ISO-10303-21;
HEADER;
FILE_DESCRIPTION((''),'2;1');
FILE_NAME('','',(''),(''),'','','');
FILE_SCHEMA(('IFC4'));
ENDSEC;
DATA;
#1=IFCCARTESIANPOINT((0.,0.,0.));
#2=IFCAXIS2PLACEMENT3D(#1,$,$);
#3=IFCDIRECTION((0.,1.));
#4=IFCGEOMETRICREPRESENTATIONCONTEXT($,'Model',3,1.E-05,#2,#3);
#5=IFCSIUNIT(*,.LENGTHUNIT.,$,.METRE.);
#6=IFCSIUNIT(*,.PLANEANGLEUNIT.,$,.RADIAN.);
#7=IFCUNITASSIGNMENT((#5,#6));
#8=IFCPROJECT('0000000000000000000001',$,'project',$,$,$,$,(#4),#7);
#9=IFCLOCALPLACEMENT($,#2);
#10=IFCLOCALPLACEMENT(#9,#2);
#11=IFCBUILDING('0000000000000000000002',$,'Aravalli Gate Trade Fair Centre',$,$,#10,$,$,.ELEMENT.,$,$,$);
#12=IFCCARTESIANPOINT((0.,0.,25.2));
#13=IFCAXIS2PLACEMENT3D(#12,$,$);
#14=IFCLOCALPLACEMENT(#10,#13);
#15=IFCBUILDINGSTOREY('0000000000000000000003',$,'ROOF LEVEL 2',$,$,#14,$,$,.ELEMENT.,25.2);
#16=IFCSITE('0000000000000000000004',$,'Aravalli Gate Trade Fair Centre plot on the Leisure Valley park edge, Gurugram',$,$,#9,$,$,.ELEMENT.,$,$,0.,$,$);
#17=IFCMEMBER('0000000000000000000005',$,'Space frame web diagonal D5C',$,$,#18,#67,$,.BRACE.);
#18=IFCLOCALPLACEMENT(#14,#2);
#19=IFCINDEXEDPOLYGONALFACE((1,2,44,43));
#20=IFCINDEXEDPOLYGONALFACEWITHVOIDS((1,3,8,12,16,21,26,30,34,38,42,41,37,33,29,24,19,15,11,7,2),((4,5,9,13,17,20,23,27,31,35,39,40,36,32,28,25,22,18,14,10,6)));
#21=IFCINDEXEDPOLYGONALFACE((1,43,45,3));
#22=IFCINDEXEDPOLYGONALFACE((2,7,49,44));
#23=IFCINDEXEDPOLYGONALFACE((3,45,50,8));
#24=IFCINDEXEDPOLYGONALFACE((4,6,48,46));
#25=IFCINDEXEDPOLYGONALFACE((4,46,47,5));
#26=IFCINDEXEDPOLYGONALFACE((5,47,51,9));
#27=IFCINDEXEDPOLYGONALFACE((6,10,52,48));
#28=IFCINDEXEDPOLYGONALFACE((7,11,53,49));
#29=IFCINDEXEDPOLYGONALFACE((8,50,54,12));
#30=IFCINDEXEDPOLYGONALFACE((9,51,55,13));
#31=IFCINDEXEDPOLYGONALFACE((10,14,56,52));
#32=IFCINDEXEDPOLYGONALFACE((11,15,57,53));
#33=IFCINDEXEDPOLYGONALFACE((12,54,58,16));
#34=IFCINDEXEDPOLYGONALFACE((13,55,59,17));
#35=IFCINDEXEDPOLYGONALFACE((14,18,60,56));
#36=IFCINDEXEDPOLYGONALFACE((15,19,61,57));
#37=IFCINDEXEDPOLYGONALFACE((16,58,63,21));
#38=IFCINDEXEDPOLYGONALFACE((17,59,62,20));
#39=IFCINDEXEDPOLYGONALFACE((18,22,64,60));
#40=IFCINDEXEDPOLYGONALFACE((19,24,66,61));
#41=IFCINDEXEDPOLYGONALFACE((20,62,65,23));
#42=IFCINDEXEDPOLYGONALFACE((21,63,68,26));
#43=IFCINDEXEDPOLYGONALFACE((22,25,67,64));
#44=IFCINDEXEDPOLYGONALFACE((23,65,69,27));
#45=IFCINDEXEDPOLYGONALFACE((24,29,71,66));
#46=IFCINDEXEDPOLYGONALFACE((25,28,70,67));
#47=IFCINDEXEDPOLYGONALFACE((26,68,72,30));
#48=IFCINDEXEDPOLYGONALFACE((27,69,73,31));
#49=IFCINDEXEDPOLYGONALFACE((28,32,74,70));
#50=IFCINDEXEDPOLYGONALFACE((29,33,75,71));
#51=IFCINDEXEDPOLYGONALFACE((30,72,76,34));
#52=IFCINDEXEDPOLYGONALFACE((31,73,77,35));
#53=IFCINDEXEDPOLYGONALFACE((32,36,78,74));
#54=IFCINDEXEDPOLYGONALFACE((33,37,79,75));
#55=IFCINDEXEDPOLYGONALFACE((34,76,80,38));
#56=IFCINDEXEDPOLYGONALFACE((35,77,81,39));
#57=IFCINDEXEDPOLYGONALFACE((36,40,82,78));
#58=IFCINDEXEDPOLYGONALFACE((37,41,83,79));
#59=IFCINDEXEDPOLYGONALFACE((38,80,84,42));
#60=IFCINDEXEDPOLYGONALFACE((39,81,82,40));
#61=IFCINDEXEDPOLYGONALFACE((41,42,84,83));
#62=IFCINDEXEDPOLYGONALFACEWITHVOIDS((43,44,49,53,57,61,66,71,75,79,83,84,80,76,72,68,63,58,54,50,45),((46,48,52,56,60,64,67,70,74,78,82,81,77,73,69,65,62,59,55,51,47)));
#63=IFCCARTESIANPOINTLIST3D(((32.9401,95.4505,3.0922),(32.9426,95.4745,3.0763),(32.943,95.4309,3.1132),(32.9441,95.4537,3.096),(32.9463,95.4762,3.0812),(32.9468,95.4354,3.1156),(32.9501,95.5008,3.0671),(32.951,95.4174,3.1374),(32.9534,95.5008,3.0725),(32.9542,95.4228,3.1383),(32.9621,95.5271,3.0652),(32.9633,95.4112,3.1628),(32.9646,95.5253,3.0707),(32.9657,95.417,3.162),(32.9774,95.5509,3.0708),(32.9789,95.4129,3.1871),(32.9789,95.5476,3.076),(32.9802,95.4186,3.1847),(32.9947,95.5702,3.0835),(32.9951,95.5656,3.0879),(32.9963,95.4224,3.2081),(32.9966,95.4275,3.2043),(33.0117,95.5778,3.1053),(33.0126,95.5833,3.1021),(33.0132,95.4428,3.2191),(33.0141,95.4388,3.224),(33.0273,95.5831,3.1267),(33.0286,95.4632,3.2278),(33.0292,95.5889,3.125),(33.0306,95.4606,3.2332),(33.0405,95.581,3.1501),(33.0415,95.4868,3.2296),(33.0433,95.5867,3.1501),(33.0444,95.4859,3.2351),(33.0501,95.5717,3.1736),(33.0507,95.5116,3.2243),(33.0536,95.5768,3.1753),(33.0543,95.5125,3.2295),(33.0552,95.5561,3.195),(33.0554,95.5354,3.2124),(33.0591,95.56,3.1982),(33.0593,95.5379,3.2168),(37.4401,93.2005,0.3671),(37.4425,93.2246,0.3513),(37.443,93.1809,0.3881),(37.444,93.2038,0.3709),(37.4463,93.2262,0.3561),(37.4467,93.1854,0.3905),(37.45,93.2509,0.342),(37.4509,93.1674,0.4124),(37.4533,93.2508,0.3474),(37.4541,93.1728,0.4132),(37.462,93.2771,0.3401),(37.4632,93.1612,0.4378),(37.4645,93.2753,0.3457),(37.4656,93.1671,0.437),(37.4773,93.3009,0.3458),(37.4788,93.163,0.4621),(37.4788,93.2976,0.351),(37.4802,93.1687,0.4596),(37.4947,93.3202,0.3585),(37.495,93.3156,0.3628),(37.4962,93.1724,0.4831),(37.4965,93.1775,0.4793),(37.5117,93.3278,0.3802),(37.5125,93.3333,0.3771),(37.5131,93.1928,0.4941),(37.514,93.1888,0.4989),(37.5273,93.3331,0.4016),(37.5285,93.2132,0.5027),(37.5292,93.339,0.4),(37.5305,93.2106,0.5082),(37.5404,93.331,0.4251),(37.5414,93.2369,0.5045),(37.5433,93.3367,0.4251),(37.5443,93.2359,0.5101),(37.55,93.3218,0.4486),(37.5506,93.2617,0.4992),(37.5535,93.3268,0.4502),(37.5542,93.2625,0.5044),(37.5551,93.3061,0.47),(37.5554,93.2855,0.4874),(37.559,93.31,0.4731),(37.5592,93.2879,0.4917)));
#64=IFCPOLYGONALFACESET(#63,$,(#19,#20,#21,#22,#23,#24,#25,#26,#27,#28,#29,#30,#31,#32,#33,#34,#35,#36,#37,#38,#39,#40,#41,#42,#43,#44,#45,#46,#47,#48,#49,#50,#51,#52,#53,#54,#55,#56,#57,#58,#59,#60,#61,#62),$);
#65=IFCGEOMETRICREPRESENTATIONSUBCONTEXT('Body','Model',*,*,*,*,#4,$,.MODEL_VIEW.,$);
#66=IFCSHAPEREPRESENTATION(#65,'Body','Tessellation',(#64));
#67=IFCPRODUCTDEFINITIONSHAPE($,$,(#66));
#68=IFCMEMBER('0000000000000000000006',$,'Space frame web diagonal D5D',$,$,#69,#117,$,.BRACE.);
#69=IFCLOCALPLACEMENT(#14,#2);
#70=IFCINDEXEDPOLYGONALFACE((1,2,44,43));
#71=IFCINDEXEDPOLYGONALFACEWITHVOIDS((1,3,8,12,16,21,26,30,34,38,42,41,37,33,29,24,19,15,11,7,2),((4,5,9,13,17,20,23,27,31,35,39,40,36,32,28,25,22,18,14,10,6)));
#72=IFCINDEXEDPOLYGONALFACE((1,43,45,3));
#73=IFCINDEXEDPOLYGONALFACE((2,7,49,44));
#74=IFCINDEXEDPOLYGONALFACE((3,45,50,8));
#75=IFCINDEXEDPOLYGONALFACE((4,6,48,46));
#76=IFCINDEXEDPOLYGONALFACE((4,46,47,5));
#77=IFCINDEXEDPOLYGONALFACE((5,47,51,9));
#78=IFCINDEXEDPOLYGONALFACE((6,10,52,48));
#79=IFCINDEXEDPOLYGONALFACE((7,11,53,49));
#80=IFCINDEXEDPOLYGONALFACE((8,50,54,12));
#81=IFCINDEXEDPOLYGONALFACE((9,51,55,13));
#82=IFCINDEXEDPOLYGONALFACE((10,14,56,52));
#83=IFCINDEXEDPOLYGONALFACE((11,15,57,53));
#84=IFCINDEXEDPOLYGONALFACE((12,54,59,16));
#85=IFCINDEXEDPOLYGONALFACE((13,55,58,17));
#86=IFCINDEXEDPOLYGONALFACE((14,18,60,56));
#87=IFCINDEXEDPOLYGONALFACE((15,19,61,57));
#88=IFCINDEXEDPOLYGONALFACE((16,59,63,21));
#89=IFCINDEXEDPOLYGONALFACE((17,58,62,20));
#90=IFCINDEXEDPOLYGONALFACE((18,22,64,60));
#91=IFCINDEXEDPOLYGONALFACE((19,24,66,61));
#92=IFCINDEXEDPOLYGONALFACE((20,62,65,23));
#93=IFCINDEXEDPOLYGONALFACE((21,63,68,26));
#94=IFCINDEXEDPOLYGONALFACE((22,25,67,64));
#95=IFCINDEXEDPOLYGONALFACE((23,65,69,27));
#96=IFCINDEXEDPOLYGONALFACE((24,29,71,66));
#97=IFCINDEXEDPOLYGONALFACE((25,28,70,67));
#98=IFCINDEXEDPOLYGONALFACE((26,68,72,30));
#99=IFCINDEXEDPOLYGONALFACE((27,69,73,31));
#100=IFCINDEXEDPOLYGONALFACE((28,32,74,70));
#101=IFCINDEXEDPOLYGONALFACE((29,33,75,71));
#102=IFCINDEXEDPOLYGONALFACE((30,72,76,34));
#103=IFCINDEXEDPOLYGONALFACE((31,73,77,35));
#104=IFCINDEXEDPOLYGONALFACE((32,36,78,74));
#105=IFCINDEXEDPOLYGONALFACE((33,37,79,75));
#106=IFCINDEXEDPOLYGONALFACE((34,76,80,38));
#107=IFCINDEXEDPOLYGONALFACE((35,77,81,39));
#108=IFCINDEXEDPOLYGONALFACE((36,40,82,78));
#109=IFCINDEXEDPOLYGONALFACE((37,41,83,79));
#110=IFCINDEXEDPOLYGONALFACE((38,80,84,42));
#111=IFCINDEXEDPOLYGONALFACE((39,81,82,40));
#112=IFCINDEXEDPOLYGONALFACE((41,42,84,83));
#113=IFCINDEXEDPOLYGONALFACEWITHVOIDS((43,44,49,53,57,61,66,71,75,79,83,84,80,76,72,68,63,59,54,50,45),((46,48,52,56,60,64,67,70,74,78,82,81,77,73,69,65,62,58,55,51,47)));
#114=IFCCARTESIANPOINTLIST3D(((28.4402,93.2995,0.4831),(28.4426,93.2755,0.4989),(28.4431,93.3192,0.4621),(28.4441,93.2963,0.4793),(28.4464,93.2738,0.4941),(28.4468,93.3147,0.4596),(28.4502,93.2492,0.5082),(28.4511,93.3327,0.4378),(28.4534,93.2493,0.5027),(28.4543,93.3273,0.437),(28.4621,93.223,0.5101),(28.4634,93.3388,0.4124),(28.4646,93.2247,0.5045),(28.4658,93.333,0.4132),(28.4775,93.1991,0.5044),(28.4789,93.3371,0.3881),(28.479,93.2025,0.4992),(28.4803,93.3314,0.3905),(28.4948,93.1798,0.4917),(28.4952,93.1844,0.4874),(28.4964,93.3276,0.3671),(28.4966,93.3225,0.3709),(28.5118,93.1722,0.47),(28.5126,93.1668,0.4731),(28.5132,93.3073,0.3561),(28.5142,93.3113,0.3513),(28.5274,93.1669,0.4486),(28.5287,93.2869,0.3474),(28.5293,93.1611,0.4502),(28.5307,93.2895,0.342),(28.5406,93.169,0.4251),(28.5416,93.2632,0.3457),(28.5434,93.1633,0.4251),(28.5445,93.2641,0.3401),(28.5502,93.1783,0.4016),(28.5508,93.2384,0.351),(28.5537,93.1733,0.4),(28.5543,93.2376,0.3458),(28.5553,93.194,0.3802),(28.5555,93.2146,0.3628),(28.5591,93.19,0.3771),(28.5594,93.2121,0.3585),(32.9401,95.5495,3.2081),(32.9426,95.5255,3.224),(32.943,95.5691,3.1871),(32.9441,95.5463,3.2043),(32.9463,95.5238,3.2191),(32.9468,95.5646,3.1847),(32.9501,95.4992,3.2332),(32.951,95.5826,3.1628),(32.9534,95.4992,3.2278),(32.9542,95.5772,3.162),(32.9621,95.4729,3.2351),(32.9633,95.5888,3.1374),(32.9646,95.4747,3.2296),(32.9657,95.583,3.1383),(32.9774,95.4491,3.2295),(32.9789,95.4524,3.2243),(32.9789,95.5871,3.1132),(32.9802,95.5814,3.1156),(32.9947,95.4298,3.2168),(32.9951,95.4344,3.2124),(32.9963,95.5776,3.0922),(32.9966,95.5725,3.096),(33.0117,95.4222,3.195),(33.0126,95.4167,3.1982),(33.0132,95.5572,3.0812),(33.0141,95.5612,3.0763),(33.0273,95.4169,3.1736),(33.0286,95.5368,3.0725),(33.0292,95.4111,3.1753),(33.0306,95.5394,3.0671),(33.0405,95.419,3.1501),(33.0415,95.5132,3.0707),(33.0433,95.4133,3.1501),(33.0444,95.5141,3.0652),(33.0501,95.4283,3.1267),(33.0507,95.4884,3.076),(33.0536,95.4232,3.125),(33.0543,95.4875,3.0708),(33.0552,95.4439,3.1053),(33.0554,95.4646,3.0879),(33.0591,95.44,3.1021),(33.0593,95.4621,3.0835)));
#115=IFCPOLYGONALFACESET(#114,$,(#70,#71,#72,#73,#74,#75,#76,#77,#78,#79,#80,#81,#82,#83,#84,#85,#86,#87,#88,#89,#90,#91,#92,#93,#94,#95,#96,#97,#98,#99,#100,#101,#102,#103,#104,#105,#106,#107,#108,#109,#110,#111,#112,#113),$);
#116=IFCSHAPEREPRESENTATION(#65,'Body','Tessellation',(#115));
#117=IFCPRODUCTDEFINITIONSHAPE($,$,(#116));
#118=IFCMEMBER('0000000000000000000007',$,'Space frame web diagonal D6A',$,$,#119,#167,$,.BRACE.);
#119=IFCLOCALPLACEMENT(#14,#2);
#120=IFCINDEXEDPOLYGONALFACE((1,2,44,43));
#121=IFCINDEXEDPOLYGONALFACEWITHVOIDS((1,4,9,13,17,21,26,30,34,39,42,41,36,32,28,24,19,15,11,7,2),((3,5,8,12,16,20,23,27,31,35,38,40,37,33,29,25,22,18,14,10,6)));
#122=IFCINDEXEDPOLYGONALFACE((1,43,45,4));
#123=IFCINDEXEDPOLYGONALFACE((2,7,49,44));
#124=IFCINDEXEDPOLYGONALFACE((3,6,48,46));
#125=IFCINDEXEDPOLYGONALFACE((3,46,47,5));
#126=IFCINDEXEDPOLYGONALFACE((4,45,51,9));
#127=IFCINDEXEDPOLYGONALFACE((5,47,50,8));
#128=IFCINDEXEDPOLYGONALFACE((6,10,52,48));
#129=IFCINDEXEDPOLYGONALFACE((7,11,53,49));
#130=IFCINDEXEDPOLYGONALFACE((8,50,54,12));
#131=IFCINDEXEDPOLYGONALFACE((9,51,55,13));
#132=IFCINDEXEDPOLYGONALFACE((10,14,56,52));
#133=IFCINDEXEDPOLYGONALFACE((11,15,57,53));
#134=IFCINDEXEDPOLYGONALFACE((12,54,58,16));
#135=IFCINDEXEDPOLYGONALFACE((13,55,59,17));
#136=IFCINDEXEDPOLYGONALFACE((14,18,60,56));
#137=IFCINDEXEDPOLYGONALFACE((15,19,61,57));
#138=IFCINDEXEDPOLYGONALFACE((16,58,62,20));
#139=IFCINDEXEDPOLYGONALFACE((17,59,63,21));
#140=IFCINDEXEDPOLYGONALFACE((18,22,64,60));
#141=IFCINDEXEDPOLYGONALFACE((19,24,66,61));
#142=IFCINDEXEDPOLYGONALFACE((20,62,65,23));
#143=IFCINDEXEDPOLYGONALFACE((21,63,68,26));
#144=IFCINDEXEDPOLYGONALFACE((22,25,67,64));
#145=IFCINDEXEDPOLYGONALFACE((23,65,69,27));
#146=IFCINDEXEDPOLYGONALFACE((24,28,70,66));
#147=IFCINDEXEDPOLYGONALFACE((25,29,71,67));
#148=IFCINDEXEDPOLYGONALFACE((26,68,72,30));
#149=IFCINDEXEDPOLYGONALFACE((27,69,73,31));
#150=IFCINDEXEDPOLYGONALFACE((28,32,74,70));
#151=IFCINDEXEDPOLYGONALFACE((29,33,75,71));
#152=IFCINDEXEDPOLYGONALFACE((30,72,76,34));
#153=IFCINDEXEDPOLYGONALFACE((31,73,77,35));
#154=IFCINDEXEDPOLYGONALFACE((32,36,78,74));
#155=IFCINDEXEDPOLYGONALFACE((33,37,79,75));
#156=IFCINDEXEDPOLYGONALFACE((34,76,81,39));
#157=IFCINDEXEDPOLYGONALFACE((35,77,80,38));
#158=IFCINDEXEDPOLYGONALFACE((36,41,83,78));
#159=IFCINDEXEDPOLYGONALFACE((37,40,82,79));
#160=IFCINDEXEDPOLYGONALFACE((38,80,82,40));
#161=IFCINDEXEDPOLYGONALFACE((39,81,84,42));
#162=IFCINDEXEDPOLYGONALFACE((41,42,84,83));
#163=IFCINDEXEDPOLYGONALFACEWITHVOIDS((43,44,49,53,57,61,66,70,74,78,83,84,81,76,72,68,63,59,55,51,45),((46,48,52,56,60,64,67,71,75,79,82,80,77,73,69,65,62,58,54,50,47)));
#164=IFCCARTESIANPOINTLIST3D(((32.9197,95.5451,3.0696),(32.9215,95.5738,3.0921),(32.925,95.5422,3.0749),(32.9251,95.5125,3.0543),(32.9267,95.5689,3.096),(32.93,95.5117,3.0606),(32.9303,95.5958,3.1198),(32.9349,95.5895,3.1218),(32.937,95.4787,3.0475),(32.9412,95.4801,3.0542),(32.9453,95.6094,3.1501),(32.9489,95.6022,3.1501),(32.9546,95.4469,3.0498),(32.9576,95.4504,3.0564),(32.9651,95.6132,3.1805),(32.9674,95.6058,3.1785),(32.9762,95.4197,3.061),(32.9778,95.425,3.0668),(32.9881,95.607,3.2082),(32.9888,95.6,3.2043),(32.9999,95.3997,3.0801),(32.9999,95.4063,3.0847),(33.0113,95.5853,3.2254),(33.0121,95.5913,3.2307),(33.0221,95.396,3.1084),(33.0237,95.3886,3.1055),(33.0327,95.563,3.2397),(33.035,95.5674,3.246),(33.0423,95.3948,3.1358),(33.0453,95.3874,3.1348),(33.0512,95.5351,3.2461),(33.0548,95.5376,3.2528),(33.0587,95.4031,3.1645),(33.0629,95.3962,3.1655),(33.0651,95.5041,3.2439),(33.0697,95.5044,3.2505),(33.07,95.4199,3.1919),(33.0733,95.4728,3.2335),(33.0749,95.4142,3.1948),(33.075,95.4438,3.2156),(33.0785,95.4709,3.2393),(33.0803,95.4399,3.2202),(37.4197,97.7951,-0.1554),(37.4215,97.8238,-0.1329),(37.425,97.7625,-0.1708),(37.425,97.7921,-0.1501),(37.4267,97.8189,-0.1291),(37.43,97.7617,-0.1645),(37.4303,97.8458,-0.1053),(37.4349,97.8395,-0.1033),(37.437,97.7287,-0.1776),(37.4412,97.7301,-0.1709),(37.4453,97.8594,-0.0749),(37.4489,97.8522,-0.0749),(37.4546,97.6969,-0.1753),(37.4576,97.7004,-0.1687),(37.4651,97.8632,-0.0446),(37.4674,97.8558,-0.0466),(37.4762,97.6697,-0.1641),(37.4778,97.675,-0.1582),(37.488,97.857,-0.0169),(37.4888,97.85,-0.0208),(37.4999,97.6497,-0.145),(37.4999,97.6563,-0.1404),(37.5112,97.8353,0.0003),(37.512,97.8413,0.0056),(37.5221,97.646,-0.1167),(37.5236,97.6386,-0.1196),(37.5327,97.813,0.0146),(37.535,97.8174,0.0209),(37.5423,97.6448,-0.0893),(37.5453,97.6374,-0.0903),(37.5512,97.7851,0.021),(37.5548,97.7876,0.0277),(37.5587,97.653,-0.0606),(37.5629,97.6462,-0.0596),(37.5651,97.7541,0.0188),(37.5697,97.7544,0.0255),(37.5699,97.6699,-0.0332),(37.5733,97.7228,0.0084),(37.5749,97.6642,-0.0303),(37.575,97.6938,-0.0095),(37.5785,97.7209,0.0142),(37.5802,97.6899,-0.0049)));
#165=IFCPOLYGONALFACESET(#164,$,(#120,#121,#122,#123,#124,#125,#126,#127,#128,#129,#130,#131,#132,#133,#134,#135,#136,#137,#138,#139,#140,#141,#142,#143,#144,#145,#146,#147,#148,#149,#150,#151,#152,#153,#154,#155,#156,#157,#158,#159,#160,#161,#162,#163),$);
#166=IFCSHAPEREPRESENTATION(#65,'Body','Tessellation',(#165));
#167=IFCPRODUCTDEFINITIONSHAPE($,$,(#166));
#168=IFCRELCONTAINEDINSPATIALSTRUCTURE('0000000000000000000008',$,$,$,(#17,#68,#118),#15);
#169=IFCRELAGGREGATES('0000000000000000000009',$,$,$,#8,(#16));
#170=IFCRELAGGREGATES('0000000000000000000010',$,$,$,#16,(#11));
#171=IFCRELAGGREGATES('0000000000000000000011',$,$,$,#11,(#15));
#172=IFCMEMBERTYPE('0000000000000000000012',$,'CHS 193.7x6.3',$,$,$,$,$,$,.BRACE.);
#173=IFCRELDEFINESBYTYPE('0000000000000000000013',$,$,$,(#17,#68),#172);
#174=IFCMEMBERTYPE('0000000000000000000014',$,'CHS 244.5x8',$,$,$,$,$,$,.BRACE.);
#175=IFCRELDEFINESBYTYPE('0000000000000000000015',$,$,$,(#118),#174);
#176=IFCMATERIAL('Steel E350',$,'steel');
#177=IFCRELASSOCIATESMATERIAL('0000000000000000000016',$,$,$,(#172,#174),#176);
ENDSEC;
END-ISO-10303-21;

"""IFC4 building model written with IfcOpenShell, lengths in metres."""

from ifc_helpers import new_model, si_unit, direction, frame, origin, origin_2d, place, context, subcontext, project, spatial, hollow_circle, extrude, material, material_profile, profile_set, type_object, element, save


model = new_model("IFC4")

# Units and contexts
model_context = context("Model", 3, precision=1e-05, world=origin(), true_north=direction((0.0, 1.0)))
body_context = subcontext(model_context, "Body", "Model", "MODEL_VIEW")
ifc_project = project(units=[si_unit("LENGTHUNIT", "METRE"), si_unit("PLANEANGLEUNIT", "RADIAN")], contexts=[model_context])

# Site, building, storey
site_placement = place(None, origin())
site = spatial("IfcSite", under=ifc_project, at=site_placement, Name="Aravalli Gate Trade Fair Centre plot on the Leisure Valley park edge, Gurugram", CompositionType="ELEMENT", RefElevation=0.0)
building_placement = place(site_placement, origin())
building = spatial("IfcBuilding", under=site, at=building_placement, Name="Aravalli Gate Trade Fair Centre", CompositionType="ELEMENT")
storey_placement = place(building_placement, frame((0.0, 0.0, 25.2)))
storey = spatial("IfcBuildingStorey", under=building, at=storey_placement, Name="ROOF LEVEL 2", CompositionType="ELEMENT", Elevation=25.2)

# Members
ifc_material_1 = material(Name="Steel E350", Category="steel")
ifc_material_profile_1 = material_profile(ifc_material_1, hollow_circle(Radius=0.0969, WallThickness=0.0063, at=origin_2d()), Name="CHS 193.7x6.3")
ifc_profile_set_1 = profile_set([ifc_material_profile_1], Name="Steel E350")
member_type_1 = type_object("IfcMemberType", Name="CHS 193.7x6.3", PredefinedType="BRACE", material=ifc_profile_set_1)
for number, where, z_axis, x_axis, name in (
    (1, (33.0, 95.5, 3.1501), (0.78647, -0.393235, -0.476268), (0.447214, 0.894427, 0.0), "Space frame web diagonal D5C"),
    (2, (33.0, 95.5, 3.1501), (-0.78647, -0.393235, -0.476268), (0.447214, -0.894427, 0.0), "Space frame web diagonal D5D"),
):
    element("IfcMember", number, at=place(storey_placement, frame(where, z_axis=z_axis, x_axis=x_axis)), inside=storey, type_object=member_type_1, Name=name, PredefinedType="BRACE", context=body_context, shape_type="SweptSolid", body=[
        extrude(hollow_circle(Radius=0.0969, WallThickness=0.0063, at=origin_2d()), origin(), (0.0, 0.0, 1.0), 5.7217),
    ])
ifc_material_profile_2 = material_profile(ifc_material_1, hollow_circle(Radius=0.1223, WallThickness=0.0081, at=origin_2d()), Name="CHS 244.5x8")
ifc_profile_set_2 = profile_set([ifc_material_profile_2], Name="Steel E350")
member_type_2 = type_object("IfcMemberType", Name="CHS 244.5x8", PredefinedType="BRACE", material=ifc_profile_set_2)
for number, where, z_axis, x_axis, name in (
    (3, (33.0, 95.5, 3.1501), (0.753, 0.3765, -0.539666), (-0.447214, 0.894427, 0.0), "Space frame web diagonal D6A"),
):
    element("IfcMember", number, at=place(storey_placement, frame(where, z_axis=z_axis, x_axis=x_axis)), inside=storey, type_object=member_type_2, Name=name, PredefinedType="BRACE", context=body_context, shape_type="SweptSolid", body=[
        extrude(hollow_circle(Radius=0.1223, WallThickness=0.0081, at=origin_2d()), origin(), (0.0, 0.0, 1.0), 5.9761),
    ])

save(model, "model.ifc")
